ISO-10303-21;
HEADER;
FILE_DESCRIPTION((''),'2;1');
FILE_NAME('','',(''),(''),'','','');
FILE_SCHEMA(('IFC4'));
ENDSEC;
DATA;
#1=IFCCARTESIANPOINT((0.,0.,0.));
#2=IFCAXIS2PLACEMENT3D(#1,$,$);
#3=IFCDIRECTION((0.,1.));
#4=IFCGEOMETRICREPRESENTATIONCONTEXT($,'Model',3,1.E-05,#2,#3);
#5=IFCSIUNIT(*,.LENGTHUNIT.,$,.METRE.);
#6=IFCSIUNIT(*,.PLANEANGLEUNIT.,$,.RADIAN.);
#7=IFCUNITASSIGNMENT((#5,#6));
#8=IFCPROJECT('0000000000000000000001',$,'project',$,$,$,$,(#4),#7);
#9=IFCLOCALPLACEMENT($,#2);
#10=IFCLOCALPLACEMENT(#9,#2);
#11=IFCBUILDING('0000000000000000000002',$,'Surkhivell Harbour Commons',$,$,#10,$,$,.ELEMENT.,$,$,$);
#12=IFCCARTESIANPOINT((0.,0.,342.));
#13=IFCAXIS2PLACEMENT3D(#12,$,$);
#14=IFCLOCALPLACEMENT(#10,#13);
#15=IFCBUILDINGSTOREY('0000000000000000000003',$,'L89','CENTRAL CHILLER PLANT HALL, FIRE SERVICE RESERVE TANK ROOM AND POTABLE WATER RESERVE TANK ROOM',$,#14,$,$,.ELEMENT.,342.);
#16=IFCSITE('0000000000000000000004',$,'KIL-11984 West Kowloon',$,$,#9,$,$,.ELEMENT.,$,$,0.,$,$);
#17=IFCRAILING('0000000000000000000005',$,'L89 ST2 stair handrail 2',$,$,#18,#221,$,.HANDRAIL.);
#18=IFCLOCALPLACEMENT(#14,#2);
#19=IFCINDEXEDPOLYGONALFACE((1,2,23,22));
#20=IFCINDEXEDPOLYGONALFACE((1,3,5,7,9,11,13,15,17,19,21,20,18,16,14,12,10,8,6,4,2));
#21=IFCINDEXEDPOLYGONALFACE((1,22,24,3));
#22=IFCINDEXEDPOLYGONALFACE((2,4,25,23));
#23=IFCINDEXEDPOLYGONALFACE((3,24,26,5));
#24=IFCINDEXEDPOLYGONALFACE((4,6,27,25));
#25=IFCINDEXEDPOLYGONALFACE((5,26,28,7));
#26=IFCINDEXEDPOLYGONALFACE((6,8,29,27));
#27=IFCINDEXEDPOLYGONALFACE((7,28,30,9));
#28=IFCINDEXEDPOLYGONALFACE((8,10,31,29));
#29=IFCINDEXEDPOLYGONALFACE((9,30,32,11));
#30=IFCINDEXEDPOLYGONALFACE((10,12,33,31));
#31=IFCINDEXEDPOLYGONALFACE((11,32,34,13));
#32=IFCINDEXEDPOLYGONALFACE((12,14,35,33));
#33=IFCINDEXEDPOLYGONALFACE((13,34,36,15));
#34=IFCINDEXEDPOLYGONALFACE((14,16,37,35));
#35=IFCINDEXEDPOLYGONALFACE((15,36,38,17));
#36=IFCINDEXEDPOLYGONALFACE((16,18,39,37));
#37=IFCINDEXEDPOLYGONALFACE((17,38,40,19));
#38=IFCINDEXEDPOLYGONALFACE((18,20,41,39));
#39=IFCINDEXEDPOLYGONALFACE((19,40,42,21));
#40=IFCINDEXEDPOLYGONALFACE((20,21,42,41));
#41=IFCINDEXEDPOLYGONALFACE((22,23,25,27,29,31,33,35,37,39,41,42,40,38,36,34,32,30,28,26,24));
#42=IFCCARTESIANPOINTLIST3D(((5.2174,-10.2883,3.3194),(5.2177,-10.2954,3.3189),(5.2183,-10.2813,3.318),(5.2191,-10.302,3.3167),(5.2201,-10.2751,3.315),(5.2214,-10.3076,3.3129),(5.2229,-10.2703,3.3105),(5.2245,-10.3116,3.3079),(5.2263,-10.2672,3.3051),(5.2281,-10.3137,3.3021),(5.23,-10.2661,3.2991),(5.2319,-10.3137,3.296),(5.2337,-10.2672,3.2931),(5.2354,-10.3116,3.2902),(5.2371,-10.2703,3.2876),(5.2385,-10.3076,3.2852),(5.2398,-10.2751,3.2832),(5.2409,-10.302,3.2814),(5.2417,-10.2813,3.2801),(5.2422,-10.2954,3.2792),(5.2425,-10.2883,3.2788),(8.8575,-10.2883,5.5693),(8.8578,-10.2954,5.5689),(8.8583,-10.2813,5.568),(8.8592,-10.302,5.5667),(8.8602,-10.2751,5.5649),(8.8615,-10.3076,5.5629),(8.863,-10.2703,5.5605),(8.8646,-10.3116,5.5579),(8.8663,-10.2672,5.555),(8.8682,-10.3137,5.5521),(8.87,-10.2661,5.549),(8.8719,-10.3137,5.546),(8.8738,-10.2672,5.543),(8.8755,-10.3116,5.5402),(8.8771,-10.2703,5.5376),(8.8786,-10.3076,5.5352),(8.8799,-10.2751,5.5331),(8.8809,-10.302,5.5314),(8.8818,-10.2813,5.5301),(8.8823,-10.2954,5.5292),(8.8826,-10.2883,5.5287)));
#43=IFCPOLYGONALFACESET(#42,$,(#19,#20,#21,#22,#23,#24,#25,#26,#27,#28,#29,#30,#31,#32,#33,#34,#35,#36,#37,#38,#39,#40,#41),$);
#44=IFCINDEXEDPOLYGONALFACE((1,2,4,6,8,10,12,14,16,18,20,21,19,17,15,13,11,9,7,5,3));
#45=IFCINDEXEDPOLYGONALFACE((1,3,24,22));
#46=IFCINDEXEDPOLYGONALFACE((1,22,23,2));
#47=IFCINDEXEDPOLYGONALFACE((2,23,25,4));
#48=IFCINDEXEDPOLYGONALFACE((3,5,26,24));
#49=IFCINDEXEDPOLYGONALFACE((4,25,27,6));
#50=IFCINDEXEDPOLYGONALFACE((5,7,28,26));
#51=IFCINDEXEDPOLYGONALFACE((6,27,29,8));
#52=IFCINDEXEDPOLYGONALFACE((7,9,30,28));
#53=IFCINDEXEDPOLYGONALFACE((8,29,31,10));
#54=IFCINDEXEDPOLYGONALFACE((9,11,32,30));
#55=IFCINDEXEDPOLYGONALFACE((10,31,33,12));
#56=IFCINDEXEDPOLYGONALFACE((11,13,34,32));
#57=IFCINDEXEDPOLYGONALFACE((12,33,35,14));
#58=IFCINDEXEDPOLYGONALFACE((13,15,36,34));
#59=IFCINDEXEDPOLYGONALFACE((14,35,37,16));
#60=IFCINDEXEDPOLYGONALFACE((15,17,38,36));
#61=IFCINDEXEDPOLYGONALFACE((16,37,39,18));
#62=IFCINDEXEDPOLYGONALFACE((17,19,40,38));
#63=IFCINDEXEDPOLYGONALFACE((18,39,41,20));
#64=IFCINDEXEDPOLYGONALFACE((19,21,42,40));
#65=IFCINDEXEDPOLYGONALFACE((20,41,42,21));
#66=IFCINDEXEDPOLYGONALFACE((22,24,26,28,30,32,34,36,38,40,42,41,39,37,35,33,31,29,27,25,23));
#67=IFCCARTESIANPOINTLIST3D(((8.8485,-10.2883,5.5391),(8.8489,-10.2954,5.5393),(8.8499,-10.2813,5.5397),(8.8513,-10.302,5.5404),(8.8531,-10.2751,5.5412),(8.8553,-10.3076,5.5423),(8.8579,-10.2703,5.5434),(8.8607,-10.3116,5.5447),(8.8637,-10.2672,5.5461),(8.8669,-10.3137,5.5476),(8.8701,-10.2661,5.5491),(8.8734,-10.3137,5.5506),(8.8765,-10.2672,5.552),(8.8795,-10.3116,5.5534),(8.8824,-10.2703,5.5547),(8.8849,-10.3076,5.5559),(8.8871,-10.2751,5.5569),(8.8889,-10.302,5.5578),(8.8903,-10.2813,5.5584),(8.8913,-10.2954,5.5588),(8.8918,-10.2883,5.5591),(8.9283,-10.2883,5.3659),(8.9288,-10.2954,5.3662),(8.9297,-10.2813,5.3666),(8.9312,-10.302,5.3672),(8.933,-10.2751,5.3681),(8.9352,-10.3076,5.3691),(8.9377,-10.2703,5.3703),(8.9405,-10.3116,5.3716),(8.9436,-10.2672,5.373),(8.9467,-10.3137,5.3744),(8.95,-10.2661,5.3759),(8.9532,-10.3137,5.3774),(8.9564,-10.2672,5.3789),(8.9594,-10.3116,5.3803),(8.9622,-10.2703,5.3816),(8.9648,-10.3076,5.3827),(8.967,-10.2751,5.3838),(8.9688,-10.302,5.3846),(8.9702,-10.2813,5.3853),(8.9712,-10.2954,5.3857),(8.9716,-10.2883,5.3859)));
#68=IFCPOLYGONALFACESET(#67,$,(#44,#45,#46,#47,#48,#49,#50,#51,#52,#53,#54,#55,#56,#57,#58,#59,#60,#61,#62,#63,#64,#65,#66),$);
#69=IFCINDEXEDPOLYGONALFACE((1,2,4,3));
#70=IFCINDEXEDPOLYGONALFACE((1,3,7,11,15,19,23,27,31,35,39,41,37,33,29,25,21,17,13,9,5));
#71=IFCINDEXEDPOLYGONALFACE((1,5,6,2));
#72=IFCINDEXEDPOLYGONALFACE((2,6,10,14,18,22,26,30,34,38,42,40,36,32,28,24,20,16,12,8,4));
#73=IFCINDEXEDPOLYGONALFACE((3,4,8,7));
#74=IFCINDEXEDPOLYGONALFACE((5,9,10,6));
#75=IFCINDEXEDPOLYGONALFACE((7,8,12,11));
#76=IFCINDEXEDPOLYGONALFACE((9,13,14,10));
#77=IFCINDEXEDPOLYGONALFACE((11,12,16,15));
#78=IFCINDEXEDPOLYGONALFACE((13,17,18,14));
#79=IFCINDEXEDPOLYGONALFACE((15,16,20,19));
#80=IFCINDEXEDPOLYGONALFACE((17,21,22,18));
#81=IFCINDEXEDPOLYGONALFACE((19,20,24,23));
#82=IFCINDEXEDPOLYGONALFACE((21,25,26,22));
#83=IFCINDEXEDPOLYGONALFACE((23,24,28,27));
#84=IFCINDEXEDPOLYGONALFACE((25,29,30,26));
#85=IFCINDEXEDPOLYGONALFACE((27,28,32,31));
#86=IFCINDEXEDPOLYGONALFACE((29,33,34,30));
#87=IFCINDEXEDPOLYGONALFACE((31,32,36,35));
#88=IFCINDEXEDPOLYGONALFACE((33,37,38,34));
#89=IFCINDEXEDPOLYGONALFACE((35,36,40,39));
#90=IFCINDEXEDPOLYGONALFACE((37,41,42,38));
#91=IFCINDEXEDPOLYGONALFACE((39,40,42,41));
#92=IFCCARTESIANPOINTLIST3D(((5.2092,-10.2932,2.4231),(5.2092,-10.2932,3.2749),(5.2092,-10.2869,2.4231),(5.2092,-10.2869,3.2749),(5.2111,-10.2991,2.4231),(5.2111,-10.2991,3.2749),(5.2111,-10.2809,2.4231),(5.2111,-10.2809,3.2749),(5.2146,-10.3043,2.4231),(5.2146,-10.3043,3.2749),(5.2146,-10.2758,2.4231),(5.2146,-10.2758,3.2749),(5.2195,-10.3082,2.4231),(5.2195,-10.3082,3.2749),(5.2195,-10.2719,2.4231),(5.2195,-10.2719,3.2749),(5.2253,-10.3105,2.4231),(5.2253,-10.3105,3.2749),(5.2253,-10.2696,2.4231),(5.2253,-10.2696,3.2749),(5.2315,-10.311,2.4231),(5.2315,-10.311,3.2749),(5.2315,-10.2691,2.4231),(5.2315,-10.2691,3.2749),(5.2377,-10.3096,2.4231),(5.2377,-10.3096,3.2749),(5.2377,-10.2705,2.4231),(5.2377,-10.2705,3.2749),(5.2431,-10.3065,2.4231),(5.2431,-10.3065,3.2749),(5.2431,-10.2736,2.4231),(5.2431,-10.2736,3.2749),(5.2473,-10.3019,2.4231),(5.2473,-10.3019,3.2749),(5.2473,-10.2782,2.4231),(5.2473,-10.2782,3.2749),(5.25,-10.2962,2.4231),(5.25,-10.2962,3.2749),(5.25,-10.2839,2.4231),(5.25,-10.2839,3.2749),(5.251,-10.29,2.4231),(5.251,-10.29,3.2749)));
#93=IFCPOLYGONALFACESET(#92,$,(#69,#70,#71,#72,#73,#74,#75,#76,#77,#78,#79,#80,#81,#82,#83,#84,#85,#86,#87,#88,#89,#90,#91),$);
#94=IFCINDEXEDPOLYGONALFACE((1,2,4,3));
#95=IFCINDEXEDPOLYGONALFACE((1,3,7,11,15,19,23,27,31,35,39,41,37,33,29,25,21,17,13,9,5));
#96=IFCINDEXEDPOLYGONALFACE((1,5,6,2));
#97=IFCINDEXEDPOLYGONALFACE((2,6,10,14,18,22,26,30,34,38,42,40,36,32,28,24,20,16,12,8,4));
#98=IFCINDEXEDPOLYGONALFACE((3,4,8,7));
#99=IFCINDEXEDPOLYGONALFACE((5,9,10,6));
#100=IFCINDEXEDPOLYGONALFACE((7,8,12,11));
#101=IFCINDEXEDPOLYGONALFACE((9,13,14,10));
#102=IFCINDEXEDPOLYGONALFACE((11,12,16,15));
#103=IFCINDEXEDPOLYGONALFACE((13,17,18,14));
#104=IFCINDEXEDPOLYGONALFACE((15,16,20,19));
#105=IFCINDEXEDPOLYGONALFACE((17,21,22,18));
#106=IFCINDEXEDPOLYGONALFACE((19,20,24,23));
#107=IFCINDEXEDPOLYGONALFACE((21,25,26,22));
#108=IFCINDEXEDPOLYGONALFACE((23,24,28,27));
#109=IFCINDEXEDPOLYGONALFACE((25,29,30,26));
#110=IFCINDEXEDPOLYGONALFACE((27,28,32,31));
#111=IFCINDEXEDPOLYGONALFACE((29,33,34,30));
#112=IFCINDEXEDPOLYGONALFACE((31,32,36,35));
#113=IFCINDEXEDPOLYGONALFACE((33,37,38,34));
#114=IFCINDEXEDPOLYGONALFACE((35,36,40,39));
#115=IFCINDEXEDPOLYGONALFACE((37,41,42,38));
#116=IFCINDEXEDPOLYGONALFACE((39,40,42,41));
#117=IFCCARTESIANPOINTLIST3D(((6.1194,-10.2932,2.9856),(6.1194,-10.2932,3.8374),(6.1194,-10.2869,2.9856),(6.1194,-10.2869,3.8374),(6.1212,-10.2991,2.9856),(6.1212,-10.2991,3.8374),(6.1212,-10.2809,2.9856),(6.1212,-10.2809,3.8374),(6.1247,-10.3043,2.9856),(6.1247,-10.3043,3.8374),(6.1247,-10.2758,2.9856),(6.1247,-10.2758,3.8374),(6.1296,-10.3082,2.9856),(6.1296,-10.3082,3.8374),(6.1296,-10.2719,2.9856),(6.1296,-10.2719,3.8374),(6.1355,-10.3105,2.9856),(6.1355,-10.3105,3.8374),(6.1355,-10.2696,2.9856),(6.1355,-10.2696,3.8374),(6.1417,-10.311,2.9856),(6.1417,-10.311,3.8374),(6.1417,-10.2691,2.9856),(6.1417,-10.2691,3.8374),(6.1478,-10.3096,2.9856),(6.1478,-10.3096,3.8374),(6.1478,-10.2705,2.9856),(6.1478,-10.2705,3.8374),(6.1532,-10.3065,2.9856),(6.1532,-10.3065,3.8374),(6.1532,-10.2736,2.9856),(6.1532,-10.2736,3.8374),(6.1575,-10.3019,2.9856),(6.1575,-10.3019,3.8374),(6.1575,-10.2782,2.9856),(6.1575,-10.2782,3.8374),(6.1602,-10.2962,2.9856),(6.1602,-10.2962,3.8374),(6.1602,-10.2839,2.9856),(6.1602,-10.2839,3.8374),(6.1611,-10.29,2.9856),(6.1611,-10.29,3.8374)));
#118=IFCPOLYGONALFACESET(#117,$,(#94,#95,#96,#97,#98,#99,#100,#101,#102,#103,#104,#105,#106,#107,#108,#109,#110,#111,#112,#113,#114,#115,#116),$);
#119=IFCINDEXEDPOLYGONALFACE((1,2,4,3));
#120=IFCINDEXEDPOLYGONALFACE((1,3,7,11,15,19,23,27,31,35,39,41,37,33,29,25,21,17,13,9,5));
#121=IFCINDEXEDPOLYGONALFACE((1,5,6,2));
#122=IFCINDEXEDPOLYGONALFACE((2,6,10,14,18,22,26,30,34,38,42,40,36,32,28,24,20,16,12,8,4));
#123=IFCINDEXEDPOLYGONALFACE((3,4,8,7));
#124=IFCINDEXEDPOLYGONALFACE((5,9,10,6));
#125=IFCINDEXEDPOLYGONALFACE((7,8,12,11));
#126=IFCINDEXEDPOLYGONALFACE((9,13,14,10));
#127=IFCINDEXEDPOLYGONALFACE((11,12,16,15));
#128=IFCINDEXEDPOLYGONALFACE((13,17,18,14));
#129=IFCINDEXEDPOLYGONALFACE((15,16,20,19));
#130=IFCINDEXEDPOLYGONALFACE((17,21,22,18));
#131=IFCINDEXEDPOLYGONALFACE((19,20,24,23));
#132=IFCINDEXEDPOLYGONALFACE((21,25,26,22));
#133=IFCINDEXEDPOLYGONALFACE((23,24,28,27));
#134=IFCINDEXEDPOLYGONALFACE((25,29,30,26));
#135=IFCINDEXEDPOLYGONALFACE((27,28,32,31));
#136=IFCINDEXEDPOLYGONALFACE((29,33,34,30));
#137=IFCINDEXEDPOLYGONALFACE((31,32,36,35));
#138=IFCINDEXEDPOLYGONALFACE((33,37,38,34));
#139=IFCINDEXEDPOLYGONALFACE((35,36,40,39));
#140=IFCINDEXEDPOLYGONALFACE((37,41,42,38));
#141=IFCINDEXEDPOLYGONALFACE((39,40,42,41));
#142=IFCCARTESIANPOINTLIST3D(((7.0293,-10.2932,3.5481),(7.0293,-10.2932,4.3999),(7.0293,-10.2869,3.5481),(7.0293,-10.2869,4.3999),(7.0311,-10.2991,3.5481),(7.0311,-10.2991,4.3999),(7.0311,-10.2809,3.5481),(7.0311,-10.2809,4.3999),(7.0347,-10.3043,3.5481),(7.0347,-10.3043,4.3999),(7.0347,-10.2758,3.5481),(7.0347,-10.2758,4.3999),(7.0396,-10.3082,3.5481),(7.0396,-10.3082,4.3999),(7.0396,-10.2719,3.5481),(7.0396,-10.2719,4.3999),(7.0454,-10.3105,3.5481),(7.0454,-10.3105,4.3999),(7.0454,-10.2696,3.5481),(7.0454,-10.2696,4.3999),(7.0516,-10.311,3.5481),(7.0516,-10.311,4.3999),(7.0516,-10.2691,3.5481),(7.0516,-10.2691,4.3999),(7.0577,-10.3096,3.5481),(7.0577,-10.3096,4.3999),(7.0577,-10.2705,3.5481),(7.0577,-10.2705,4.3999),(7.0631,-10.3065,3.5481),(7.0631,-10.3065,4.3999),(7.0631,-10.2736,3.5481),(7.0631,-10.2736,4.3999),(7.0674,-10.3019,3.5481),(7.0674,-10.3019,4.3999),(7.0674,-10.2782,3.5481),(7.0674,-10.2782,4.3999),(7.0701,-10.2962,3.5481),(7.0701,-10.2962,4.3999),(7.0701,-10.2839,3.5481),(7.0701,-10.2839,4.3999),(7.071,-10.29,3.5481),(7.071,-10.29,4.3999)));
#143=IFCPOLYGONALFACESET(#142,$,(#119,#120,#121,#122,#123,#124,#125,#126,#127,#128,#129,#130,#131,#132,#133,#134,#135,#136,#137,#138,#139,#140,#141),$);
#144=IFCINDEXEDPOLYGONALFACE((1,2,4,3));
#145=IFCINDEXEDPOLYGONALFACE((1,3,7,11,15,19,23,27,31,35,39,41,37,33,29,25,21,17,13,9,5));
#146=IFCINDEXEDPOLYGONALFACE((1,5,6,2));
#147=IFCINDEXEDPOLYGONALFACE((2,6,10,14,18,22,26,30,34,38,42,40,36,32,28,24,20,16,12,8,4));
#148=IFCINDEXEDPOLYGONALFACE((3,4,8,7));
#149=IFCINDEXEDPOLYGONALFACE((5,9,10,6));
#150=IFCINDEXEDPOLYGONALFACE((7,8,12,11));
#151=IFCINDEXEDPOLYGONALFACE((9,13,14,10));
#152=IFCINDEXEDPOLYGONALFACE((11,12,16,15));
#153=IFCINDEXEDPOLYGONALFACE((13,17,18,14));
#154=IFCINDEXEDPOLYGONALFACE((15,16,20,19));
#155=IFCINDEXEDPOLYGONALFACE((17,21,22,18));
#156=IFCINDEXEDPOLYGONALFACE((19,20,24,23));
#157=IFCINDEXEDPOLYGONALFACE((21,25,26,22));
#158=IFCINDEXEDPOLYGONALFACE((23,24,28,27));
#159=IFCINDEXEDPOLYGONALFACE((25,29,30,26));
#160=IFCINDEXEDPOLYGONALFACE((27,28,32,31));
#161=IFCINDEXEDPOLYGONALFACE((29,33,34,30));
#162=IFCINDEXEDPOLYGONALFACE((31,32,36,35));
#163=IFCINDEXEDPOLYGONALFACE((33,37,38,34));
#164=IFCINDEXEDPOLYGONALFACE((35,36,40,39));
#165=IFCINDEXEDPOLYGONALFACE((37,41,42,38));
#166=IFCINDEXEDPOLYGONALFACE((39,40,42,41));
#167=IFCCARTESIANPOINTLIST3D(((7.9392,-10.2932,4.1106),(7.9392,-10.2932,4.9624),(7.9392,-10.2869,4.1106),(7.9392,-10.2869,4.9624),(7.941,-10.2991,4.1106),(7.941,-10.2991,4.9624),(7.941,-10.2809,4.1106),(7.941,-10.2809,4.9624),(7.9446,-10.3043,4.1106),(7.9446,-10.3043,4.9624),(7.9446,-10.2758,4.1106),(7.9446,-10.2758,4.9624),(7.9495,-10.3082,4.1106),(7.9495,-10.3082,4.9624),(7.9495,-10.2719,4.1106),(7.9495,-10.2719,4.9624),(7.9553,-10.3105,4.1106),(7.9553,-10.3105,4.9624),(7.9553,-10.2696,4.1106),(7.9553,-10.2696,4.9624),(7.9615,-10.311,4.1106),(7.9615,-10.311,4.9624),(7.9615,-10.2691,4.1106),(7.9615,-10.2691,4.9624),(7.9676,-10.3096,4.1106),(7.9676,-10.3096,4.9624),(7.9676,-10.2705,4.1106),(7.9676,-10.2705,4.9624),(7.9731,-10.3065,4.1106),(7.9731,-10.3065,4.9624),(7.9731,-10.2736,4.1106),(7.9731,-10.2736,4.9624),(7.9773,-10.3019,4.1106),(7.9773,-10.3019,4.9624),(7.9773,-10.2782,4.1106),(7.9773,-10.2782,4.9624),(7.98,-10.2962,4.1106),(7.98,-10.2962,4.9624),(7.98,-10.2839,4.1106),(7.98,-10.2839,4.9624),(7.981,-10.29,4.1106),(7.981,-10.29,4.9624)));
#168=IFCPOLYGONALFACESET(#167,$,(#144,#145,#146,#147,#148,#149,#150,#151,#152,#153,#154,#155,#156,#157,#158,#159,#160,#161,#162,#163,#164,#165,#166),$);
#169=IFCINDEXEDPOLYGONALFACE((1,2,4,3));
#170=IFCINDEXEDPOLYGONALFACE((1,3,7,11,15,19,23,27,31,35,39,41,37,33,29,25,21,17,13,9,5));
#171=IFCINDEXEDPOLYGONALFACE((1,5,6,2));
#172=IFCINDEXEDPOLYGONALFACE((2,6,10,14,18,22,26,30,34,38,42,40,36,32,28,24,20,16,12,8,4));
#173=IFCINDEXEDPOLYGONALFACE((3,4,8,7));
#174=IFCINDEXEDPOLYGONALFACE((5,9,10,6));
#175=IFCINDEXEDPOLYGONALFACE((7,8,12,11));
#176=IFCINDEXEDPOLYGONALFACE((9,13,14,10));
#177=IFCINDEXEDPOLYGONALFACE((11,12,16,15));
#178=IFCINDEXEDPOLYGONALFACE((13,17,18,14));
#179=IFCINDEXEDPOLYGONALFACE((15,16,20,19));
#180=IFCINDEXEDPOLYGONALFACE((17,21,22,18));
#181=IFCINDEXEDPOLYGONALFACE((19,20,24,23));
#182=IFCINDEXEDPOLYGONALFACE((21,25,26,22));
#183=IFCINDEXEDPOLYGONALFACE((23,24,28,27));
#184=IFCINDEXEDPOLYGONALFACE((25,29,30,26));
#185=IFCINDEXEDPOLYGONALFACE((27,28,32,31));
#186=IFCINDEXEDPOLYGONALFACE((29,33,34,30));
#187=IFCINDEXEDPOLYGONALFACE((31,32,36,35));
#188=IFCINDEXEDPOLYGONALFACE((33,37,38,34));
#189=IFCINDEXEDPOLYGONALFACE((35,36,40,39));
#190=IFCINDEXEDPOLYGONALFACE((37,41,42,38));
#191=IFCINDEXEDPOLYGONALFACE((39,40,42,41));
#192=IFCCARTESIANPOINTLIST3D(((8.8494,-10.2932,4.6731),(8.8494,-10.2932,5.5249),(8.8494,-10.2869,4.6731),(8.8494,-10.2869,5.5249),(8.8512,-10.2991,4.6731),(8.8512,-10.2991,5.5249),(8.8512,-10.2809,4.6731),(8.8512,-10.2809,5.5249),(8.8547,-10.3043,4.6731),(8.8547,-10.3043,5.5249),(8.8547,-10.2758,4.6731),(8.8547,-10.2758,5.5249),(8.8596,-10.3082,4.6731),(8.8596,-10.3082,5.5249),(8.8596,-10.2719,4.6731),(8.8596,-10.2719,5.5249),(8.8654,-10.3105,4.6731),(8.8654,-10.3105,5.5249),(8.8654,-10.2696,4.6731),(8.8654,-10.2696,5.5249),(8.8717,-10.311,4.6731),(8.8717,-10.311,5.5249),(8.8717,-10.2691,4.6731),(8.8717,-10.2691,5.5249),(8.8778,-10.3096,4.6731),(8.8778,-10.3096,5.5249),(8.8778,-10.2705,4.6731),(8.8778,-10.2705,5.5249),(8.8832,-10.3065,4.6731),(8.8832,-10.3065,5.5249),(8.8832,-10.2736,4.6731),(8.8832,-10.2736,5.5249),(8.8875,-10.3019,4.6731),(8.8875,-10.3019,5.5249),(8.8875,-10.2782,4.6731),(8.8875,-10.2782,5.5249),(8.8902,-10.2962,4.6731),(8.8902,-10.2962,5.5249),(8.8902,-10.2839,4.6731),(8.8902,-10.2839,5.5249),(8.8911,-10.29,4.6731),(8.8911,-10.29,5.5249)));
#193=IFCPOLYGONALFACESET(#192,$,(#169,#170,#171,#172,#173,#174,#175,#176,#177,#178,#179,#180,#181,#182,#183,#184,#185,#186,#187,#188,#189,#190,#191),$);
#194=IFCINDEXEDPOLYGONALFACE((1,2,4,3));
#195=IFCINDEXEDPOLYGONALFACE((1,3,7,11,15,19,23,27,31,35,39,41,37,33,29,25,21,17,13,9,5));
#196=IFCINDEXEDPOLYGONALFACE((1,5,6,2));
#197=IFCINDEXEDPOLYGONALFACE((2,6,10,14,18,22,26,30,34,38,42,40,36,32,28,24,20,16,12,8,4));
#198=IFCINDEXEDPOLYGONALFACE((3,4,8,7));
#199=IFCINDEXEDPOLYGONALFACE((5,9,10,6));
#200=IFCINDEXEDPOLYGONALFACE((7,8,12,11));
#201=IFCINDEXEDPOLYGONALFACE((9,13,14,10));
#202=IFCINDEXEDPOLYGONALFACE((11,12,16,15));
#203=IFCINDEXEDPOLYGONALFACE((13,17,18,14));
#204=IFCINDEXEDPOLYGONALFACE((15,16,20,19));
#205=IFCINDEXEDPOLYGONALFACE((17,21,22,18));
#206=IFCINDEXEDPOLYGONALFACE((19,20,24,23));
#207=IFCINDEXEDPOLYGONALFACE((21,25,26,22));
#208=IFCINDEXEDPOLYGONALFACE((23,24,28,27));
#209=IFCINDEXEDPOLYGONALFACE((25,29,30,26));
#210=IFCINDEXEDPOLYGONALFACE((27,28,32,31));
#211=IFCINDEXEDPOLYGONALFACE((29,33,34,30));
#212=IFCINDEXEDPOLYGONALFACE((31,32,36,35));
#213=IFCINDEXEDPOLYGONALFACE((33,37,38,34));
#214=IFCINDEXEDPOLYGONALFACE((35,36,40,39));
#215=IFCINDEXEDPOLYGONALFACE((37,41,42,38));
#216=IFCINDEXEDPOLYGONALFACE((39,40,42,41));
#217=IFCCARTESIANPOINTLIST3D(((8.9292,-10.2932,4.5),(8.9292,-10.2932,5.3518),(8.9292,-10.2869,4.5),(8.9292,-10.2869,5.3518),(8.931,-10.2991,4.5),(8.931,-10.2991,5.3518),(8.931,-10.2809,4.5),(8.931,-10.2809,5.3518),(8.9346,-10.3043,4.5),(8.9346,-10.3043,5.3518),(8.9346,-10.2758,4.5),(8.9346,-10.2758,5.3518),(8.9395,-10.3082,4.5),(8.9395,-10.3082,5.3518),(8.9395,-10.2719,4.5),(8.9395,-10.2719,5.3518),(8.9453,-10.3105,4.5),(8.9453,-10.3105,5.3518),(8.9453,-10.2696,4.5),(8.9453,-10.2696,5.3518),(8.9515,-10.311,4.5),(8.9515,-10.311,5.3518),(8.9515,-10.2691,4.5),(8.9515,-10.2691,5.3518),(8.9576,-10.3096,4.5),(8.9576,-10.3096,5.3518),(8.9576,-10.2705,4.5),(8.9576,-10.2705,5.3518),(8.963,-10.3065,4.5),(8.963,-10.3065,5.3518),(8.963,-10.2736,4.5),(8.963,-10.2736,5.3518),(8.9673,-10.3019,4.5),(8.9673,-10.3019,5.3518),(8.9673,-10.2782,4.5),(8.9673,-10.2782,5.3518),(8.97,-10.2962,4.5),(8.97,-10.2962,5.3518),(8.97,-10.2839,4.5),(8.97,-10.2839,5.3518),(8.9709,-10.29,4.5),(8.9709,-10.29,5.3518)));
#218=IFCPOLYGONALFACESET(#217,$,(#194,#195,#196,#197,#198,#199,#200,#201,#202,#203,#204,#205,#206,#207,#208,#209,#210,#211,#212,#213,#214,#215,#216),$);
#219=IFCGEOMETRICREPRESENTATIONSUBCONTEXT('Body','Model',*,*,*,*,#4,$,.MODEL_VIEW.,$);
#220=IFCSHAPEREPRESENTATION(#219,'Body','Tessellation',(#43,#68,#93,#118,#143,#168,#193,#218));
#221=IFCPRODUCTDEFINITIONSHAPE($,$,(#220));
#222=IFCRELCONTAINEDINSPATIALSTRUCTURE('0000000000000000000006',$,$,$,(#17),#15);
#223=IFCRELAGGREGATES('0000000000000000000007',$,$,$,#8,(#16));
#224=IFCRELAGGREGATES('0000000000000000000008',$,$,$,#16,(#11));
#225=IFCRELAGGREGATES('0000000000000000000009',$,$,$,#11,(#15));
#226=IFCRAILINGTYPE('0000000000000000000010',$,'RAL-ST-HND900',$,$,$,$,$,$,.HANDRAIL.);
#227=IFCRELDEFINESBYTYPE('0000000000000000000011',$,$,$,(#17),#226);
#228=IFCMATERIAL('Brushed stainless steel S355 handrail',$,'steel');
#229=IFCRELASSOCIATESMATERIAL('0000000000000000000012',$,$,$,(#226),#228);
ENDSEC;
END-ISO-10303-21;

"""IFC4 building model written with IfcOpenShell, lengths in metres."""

from ifc_helpers import new_model, si_unit, direction, frame, origin, origin_2d, place, context, subcontext, project, spatial, circle, extrude, material, type_object, element, save


model = new_model("IFC4")

# Units and contexts
model_context = context("Model", 3, precision=1e-05, world=origin(), true_north=direction((0.0, 1.0)))
body_context = subcontext(model_context, "Body", "Model", "MODEL_VIEW")
ifc_project = project(units=[si_unit("LENGTHUNIT", "METRE"), si_unit("PLANEANGLEUNIT", "RADIAN")], contexts=[model_context])

# Site, building, storey
site_placement = place(None, origin())
site = spatial("IfcSite", under=ifc_project, at=site_placement, Name="KIL-11984 West Kowloon", CompositionType="ELEMENT", RefElevation=0.0)
building_placement = place(site_placement, origin())
building = spatial("IfcBuilding", under=site, at=building_placement, Name="Surkhivell Harbour Commons", CompositionType="ELEMENT")
storey_placement = place(building_placement, frame((0.0, 0.0, 342.0)))
storey = spatial("IfcBuildingStorey", under=building, at=storey_placement, Name="L89", Description="CENTRAL CHILLER PLANT HALL, FIRE SERVICE RESERVE TANK ROOM AND POTABLE WATER RESERVE TANK ROOM", CompositionType="ELEMENT", Elevation=342.0)

# Railing
ifc_material_1 = material(Name="Brushed stainless steel S355 handrail", Category="steel")
railing_type_1 = type_object("IfcRailingType", Name="RAL-ST-HND900", PredefinedType="HANDRAIL", material=ifc_material_1)
railing_1_placement = place(storey_placement, frame((5.23, -10.29, 2.4231)))
element("IfcRailing", 1, at=railing_1_placement, inside=storey, type_object=railing_type_1, Name="L89 ST2 stair handrail 2", PredefinedType="HANDRAIL", context=body_context, shape_type="SweptSolid", body=[
    extrude(circle(Radius=0.0239, at=origin_2d()), frame((0.0, 0.0, 0.876), z_axis=(0.850622, 0.0, 0.525777), x_axis=(0.0, 1.0, 0.0)), (0.0, 0.0, 1.0), 4.2793),
    extrude(circle(Radius=0.0239, at=origin_2d()), frame((3.6401, 0.0, 3.126), z_axis=(0.418815, 0.0, -0.908072), x_axis=(0.0, 1.0, 0.0)), (0.0, 0.0, 1.0), 0.1907),
    extrude(circle(Radius=0.021, at=origin_2d()), origin(), (0.0, 0.0, 1.0), 0.8518),
    extrude(circle(Radius=0.021, at=origin_2d()), frame((0.9102, 0.0, 0.5625)), (0.0, 0.0, 1.0), 0.8518),
    extrude(circle(Radius=0.021, at=origin_2d()), frame((1.8201, 0.0, 1.125)), (0.0, 0.0, 1.0), 0.8518),
    extrude(circle(Radius=0.021, at=origin_2d()), frame((2.73, 0.0, 1.6875)), (0.0, 0.0, 1.0), 0.8518),
    extrude(circle(Radius=0.021, at=origin_2d()), frame((3.6401, 0.0, 2.25)), (0.0, 0.0, 1.0), 0.8518),
    extrude(circle(Radius=0.021, at=origin_2d()), frame((3.72, 0.0, 2.0769)), (0.0, 0.0, 1.0), 0.8518),
])

save(model, "model.ifc")
